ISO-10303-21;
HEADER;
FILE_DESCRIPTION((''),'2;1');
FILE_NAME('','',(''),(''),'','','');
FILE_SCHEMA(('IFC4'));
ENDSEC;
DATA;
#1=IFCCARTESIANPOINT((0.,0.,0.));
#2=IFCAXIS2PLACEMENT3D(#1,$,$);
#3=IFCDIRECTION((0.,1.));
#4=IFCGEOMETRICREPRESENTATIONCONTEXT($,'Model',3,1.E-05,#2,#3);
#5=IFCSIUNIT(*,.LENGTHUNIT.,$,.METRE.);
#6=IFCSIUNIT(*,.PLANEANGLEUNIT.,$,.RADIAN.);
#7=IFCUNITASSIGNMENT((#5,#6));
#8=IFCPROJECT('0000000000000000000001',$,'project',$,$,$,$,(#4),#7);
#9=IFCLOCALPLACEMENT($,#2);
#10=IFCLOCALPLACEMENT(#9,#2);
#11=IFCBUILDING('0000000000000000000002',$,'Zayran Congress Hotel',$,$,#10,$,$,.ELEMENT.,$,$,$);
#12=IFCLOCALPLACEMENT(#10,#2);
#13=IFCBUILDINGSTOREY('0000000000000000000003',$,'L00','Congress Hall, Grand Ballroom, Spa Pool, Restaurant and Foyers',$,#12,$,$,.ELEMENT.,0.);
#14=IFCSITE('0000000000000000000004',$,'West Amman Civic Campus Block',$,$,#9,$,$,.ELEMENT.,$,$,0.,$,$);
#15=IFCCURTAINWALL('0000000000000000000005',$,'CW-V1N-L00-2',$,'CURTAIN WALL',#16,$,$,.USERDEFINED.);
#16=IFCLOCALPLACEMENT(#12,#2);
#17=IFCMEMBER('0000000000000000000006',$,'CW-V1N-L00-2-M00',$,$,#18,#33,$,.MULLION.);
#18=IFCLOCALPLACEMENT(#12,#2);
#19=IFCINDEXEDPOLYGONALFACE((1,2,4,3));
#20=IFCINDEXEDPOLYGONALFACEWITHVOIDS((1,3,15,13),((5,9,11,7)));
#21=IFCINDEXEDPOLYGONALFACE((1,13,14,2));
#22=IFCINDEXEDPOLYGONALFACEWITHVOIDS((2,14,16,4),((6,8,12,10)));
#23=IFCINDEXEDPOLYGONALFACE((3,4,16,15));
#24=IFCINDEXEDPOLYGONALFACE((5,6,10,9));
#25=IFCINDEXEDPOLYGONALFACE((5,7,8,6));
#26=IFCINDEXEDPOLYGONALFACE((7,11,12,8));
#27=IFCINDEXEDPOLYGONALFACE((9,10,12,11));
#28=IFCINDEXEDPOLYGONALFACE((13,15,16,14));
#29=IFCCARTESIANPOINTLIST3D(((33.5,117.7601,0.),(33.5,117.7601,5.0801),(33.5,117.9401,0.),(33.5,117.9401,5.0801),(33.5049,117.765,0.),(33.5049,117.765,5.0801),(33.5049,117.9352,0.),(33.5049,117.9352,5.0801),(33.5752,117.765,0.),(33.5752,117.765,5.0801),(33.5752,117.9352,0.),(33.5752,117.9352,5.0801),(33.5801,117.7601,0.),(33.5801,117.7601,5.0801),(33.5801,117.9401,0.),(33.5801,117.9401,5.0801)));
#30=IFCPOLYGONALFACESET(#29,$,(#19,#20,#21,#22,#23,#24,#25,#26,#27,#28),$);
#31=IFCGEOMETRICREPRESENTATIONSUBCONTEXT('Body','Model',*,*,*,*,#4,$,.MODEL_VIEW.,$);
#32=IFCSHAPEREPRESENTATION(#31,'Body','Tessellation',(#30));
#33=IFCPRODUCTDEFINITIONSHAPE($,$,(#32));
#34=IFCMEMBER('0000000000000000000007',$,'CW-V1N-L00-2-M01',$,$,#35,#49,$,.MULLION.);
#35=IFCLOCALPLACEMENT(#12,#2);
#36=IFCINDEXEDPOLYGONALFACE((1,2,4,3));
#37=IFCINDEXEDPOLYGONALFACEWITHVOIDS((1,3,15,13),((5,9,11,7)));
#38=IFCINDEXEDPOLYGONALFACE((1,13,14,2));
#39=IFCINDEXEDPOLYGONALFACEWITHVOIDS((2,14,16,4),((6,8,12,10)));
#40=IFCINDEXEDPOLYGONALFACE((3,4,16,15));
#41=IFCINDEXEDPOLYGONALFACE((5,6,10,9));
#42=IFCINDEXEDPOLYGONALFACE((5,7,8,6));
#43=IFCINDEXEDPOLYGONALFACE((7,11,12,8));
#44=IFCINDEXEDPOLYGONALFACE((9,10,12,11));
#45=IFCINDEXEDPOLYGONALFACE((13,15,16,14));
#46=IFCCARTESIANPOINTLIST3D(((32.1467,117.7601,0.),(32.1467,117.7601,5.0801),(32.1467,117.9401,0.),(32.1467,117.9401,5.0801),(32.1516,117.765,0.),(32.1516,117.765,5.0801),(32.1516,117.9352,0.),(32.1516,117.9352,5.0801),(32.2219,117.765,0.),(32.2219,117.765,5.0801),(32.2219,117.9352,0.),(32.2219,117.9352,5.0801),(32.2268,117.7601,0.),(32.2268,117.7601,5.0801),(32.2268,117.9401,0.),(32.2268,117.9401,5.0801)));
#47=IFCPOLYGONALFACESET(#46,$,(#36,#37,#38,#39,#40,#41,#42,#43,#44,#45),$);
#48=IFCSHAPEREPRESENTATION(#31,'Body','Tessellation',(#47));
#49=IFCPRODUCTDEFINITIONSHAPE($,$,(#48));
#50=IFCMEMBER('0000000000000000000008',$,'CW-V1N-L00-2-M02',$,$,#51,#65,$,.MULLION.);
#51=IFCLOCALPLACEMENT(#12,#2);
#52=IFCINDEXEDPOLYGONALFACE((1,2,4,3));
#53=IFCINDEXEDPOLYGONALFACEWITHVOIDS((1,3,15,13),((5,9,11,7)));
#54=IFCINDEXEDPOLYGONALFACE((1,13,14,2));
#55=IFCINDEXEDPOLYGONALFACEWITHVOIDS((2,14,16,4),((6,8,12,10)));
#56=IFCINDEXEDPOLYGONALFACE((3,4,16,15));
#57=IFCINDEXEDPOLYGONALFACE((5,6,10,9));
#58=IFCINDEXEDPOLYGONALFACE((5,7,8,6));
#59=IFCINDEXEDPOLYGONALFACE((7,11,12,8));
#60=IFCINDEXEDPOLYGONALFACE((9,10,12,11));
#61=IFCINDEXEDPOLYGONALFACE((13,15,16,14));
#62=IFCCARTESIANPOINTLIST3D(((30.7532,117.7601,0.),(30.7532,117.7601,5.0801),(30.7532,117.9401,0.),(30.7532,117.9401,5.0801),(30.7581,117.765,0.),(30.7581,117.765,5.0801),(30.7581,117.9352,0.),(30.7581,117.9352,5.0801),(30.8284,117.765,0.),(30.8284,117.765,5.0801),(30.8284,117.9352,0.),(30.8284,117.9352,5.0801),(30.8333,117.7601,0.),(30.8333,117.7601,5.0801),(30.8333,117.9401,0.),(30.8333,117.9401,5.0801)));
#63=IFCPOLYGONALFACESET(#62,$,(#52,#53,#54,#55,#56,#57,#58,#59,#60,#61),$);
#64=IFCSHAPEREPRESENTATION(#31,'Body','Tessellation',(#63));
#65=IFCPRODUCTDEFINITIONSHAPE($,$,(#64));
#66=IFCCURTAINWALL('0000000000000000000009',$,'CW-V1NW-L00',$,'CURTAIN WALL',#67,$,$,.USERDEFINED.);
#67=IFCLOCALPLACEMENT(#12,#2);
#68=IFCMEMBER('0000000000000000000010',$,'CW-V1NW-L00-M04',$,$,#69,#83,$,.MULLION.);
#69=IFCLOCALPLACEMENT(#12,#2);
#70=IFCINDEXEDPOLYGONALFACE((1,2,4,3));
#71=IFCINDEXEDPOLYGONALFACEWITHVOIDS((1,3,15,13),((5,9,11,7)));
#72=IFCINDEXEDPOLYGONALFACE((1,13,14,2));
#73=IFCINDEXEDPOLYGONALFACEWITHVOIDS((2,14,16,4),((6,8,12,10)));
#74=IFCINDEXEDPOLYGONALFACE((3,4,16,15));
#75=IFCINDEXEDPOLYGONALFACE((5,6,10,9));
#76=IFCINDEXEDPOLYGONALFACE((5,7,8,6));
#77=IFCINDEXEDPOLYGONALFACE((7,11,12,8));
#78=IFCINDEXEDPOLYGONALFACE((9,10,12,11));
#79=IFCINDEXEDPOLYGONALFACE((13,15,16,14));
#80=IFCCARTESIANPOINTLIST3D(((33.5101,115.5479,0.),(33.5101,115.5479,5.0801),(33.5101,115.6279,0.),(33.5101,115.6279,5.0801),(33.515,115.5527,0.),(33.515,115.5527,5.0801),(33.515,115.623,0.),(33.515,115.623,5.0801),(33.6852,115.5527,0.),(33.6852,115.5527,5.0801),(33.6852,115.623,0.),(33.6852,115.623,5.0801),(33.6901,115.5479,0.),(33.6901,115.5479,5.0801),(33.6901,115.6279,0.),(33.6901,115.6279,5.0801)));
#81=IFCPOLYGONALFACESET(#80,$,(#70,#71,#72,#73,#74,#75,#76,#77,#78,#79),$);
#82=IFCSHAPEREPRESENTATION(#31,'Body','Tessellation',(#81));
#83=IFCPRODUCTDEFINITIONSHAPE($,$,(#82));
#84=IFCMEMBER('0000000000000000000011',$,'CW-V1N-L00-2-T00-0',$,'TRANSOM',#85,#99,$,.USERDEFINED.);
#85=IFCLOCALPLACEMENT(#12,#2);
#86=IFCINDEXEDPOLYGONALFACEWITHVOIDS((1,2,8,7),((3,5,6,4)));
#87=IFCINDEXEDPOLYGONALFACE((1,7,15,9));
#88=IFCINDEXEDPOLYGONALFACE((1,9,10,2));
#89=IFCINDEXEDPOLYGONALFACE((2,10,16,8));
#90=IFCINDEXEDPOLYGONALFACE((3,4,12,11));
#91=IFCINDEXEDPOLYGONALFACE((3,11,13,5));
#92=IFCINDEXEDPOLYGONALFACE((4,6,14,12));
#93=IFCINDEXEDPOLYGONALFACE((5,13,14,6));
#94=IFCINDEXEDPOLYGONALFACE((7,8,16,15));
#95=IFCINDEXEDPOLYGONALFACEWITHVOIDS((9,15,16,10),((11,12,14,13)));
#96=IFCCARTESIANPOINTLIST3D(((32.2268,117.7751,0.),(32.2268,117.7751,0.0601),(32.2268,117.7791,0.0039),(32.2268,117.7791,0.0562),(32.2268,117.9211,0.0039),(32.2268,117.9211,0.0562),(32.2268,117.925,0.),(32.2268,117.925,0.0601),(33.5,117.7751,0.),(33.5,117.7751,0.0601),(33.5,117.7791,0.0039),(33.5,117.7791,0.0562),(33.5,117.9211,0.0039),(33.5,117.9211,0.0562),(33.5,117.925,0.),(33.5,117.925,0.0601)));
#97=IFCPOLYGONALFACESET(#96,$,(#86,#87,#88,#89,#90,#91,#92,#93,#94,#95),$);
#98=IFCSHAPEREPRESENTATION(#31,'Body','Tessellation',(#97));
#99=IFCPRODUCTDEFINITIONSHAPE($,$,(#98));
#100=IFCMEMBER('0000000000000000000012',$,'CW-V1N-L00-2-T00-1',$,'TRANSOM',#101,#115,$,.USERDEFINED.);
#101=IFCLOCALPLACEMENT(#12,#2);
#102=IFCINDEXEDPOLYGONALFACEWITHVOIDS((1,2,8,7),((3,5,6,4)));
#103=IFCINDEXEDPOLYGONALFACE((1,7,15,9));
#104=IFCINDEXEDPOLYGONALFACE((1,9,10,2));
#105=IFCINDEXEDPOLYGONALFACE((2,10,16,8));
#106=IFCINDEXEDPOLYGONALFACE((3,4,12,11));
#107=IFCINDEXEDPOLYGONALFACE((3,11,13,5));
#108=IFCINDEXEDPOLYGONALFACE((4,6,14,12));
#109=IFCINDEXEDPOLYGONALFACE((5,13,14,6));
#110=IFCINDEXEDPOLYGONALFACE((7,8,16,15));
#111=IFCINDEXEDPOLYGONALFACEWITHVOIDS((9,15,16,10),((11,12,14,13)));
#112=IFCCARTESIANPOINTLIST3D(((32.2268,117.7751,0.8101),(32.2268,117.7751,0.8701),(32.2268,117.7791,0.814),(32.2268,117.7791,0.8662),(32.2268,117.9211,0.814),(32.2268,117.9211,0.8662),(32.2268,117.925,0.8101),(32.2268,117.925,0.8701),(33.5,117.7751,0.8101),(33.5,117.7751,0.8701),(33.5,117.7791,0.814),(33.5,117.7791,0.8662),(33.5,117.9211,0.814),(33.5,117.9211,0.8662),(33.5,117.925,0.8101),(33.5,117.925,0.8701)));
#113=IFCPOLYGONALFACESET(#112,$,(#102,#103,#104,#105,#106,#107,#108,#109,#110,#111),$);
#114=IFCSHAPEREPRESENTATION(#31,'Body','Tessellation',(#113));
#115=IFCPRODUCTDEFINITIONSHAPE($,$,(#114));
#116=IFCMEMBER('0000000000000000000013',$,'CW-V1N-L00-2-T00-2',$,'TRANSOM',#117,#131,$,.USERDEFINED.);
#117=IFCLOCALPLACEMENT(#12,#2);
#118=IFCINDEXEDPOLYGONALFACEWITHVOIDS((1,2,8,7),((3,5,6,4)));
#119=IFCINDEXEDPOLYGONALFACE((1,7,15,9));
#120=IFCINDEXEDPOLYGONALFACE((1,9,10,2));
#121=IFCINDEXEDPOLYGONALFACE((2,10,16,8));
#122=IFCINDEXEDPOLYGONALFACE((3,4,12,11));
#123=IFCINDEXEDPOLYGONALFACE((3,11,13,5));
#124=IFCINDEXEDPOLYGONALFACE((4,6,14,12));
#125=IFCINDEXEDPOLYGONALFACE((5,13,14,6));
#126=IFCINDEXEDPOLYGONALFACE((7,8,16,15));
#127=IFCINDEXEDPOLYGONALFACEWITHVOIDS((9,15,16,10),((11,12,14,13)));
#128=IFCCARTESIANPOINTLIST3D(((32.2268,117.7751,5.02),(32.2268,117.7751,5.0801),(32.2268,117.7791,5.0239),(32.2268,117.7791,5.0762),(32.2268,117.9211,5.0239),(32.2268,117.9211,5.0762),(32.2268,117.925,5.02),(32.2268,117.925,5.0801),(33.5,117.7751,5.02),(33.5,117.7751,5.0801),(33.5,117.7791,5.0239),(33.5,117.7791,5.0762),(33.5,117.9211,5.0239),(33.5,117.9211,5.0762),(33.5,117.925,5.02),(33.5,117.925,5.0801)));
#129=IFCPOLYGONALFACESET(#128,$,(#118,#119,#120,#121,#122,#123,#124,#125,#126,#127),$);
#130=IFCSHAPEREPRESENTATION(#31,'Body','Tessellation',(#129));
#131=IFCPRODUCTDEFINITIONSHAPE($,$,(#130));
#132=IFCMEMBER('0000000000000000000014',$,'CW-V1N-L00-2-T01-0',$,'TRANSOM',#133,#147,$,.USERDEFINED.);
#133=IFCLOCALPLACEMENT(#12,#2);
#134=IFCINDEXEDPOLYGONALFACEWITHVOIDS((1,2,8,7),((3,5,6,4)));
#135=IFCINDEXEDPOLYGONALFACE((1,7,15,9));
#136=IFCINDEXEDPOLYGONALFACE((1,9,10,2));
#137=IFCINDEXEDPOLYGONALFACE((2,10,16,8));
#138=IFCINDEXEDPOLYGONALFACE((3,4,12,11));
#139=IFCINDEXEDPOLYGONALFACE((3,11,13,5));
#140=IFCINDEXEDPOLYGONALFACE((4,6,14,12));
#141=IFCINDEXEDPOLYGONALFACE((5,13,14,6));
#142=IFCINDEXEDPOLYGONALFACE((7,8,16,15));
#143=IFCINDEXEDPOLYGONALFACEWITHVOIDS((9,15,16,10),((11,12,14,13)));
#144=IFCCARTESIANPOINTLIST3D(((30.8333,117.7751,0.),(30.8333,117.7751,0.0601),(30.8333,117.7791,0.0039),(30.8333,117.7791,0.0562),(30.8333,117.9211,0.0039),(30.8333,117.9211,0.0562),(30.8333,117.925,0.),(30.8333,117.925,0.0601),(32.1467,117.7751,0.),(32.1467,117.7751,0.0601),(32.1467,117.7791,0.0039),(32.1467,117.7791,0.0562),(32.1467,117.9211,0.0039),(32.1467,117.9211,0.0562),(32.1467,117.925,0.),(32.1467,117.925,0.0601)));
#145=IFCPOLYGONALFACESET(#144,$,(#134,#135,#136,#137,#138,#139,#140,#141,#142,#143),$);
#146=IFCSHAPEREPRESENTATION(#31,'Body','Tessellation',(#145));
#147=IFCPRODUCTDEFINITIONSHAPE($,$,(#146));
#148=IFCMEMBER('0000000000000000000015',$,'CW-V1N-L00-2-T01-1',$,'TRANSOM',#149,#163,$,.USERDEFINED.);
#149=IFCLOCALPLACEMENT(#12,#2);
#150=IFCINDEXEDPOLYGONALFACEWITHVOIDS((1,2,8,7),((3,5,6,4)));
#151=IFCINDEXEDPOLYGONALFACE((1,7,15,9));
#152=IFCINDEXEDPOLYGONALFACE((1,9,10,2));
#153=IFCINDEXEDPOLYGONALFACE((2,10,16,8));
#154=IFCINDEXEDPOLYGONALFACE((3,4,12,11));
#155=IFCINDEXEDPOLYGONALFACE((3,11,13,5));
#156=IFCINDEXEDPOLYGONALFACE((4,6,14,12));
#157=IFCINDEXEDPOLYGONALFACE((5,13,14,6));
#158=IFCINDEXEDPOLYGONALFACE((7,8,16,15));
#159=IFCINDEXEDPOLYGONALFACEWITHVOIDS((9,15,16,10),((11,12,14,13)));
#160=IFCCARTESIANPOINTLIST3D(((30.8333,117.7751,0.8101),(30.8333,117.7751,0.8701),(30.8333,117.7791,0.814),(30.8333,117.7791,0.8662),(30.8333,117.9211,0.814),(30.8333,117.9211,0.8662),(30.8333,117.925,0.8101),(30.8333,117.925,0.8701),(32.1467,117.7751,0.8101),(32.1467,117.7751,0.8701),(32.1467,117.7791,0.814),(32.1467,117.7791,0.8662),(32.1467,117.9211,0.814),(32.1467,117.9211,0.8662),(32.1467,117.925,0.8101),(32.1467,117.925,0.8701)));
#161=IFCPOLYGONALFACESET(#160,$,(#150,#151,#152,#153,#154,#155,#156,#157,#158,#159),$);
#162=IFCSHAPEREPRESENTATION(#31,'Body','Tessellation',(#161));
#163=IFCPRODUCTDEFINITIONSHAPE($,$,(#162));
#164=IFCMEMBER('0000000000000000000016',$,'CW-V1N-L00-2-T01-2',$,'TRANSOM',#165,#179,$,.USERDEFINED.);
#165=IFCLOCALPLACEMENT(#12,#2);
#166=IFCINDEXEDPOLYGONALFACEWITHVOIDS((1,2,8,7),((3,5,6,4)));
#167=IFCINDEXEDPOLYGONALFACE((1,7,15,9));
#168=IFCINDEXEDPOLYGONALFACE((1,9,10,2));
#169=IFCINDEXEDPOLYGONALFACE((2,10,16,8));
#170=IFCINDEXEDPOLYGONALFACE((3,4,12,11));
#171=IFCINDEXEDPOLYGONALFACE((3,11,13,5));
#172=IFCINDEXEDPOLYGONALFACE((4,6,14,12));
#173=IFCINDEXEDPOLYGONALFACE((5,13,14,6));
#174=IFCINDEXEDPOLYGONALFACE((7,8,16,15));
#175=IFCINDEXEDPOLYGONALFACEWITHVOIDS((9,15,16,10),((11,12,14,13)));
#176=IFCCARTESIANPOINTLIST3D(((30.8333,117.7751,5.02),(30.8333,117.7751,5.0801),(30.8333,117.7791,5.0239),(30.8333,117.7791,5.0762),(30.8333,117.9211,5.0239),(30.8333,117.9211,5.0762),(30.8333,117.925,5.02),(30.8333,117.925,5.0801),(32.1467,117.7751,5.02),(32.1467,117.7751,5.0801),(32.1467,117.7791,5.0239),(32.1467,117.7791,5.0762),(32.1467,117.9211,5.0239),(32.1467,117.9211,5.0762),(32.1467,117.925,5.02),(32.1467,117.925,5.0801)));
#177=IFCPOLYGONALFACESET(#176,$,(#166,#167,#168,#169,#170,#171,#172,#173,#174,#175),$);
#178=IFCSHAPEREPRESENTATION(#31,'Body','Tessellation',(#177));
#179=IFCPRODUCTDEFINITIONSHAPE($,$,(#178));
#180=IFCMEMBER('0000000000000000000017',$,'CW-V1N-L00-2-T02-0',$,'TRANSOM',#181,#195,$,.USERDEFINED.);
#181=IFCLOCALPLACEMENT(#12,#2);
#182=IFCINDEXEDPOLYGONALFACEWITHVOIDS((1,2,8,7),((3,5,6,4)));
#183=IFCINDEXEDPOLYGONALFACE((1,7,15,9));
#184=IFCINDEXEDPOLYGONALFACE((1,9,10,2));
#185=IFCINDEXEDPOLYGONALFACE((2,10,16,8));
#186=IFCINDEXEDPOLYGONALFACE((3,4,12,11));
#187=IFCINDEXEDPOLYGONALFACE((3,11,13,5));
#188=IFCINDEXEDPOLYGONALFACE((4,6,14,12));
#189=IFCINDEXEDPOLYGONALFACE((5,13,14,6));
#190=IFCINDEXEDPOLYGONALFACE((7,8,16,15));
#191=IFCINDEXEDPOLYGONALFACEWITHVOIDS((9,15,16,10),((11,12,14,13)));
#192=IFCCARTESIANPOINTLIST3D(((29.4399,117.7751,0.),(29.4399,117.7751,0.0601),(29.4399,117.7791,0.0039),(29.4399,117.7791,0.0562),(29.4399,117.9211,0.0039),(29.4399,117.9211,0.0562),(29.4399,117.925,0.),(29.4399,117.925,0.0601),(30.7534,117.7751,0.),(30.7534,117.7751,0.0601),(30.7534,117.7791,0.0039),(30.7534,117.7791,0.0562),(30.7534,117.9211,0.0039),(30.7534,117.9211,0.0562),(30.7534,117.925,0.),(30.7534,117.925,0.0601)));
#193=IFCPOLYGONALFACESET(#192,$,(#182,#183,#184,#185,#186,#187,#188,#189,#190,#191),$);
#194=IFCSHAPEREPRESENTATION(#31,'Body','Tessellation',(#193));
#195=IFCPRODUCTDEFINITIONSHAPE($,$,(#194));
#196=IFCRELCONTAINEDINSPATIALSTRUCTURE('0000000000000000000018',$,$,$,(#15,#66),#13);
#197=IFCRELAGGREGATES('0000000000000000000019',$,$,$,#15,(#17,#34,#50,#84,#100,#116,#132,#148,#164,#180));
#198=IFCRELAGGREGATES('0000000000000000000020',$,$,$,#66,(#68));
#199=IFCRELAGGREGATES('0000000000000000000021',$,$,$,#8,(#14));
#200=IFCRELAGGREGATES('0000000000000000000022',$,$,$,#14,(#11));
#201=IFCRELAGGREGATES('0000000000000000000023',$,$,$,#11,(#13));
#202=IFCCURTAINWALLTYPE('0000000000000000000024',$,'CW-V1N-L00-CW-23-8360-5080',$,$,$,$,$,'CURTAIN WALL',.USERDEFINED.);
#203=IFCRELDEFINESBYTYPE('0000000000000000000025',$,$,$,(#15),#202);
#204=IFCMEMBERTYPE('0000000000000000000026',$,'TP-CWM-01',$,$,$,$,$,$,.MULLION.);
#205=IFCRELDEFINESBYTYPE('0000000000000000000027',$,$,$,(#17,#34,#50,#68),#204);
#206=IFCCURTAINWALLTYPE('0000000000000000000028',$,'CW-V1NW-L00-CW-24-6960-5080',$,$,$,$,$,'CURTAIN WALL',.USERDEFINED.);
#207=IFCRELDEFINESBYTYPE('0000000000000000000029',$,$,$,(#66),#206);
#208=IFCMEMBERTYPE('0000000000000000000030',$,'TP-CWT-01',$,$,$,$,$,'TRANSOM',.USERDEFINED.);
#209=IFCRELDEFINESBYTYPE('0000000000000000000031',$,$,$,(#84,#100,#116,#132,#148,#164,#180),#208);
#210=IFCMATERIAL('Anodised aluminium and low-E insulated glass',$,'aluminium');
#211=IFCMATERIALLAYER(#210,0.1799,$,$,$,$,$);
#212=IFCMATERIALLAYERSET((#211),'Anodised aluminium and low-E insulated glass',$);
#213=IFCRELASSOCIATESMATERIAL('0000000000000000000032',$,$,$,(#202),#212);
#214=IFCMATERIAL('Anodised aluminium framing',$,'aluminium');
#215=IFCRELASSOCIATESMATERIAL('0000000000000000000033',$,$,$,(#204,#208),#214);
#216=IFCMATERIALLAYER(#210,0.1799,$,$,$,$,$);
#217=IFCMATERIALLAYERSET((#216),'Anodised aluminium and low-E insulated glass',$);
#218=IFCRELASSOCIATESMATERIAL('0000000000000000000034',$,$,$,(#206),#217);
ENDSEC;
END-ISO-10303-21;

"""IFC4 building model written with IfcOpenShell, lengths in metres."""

from ifc_helpers import new_model, si_unit, direction, frame, origin, origin_2d, place, context, subcontext, project, spatial, hollow_rectangle, extrude, material, layer, layer_set, material_profile, profile_set, type_object, element, aggregate, save


model = new_model("IFC4")

# Units and contexts
model_context = context("Model", 3, precision=1e-05, world=origin(), true_north=direction((0.0, 1.0)))
body_context = subcontext(model_context, "Body", "Model", "MODEL_VIEW")
ifc_project = project(units=[si_unit("LENGTHUNIT", "METRE"), si_unit("PLANEANGLEUNIT", "RADIAN")], contexts=[model_context])

# Site, building, storey
site_placement = place(None, origin())
site = spatial("IfcSite", under=ifc_project, at=site_placement, Name="West Amman Civic Campus Block", CompositionType="ELEMENT", RefElevation=0.0)
building_placement = place(site_placement, origin())
building = spatial("IfcBuilding", under=site, at=building_placement, Name="Zayran Congress Hotel", CompositionType="ELEMENT")
storey_placement = place(building_placement, origin())
storey = spatial("IfcBuildingStorey", under=building, at=storey_placement, Name="L00", Description="Congress Hall, Grand Ballroom, Spa Pool, Restaurant and Foyers", CompositionType="ELEMENT", Elevation=0.0)

# Curtain wall, members
ifc_material_1 = material(Name="Anodised aluminium and low-E insulated glass", Category="aluminium")
ifc_layer_1 = layer(ifc_material_1, 0.1799)
ifc_layer_set_1 = layer_set([ifc_layer_1], Name="Anodised aluminium and low-E insulated glass")
curtain_wall_type_1 = type_object("IfcCurtainWallType", Name="CW-V1N-L00-CW-23-8360-5080", ElementType="CURTAIN WALL", PredefinedType="USERDEFINED", material=ifc_layer_set_1)
curtain_wall_1_placement = place(storey_placement, origin())
curtain_wall_1 = element("IfcCurtainWall", 1, at=curtain_wall_1_placement, inside=storey, type_object=curtain_wall_type_1, Name="CW-V1N-L00-2", ObjectType="CURTAIN WALL", PredefinedType="USERDEFINED")
ifc_material_2 = material(Name="Anodised aluminium framing", Category="aluminium")
ifc_material_profile_1 = material_profile(ifc_material_2, hollow_rectangle(XDim=0.0801, YDim=0.1799, WallThickness=0.0049, at=origin_2d()), Name="RHS 180x80x5")
ifc_profile_set_1 = profile_set([ifc_material_profile_1], Name="Anodised aluminium framing")
member_type_1 = type_object("IfcMemberType", Name="TP-CWM-01", PredefinedType="MULLION", material=ifc_profile_set_1)
member_1_placement = place(storey_placement, frame((33.54, 117.8501, 0.0), z_axis=(0.0, 0.0, 1.0), x_axis=(1.0, 0.0, 0.0)))
member_1 = element("IfcMember", 2, at=member_1_placement, type_object=member_type_1, Name="CW-V1N-L00-2-M00", PredefinedType="MULLION", context=body_context, shape_type="SweptSolid", body=[
    extrude(hollow_rectangle(XDim=0.0801, YDim=0.1799, WallThickness=0.0049, at=origin_2d()), origin(), (0.0, 0.0, 1.0), 5.0801),
])
member_2_placement = place(storey_placement, frame((32.1868, 117.8501, 0.0), z_axis=(0.0, 0.0, 1.0), x_axis=(1.0, 0.0, 0.0)))
member_2 = element("IfcMember", 3, at=member_2_placement, type_object=member_type_1, Name="CW-V1N-L00-2-M01", PredefinedType="MULLION", context=body_context, shape_type="SweptSolid", body=[
    extrude(hollow_rectangle(XDim=0.0801, YDim=0.1799, WallThickness=0.0049, at=origin_2d()), origin(), (0.0, 0.0, 1.0), 5.0801),
])
member_3_placement = place(storey_placement, frame((30.7932, 117.8501, 0.0), z_axis=(0.0, 0.0, 1.0), x_axis=(1.0, 0.0, 0.0)))
member_3 = element("IfcMember", 4, at=member_3_placement, type_object=member_type_1, Name="CW-V1N-L00-2-M02", PredefinedType="MULLION", context=body_context, shape_type="SweptSolid", body=[
    extrude(hollow_rectangle(XDim=0.0801, YDim=0.1799, WallThickness=0.0049, at=origin_2d()), origin(), (0.0, 0.0, 1.0), 5.0801),
])

# Curtain wall, member
ifc_layer_2 = layer(ifc_material_1, 0.1799)
ifc_layer_set_2 = layer_set([ifc_layer_2], Name="Anodised aluminium and low-E insulated glass")
curtain_wall_type_2 = type_object("IfcCurtainWallType", Name="CW-V1NW-L00-CW-24-6960-5080", ElementType="CURTAIN WALL", PredefinedType="USERDEFINED", material=ifc_layer_set_2)
curtain_wall_2_placement = place(storey_placement, origin())
curtain_wall_2 = element("IfcCurtainWall", 5, at=curtain_wall_2_placement, inside=storey, type_object=curtain_wall_type_2, Name="CW-V1NW-L00", ObjectType="CURTAIN WALL", PredefinedType="USERDEFINED")
member_4_placement = place(storey_placement, frame((33.6001, 115.5879, 0.0), z_axis=(0.0, 0.0, 1.0), x_axis=(0.0, 1.0, 0.0)))
member_4 = element("IfcMember", 6, at=member_4_placement, type_object=member_type_1, Name="CW-V1NW-L00-M04", PredefinedType="MULLION", context=body_context, shape_type="SweptSolid", body=[
    extrude(hollow_rectangle(XDim=0.0801, YDim=0.1799, WallThickness=0.0049, at=origin_2d()), origin(), (0.0, 0.0, 1.0), 5.0801),
])

# Members
ifc_material_profile_2 = material_profile(ifc_material_2, hollow_rectangle(XDim=0.0601, YDim=0.1499, WallThickness=0.0039, at=origin_2d()), Name="RHS 150x60x4")
ifc_profile_set_2 = profile_set([ifc_material_profile_2], Name="Anodised aluminium framing")
member_type_2 = type_object("IfcMemberType", Name="TP-CWT-01", ElementType="TRANSOM", PredefinedType="USERDEFINED", material=ifc_profile_set_2)
member_5_placement = place(storey_placement, frame((33.5, 117.8501, 0.03), z_axis=(-1.0, 0.0, 0.0), x_axis=(0.0, 0.0, 1.0)))
member_5 = element("IfcMember", 7, at=member_5_placement, type_object=member_type_2, Name="CW-V1N-L00-2-T00-0", ObjectType="TRANSOM", PredefinedType="USERDEFINED", context=body_context, shape_type="SweptSolid", body=[
    extrude(hollow_rectangle(XDim=0.0601, YDim=0.1499, WallThickness=0.0039, at=origin_2d()), origin(), (0.0, 0.0, 1.0), 1.2732),
])
member_6_placement = place(storey_placement, frame((33.5, 117.8501, 0.8401), z_axis=(-1.0, 0.0, 0.0), x_axis=(0.0, 0.0, 1.0)))
member_6 = element("IfcMember", 8, at=member_6_placement, type_object=member_type_2, Name="CW-V1N-L00-2-T00-1", ObjectType="TRANSOM", PredefinedType="USERDEFINED", context=body_context, shape_type="SweptSolid", body=[
    extrude(hollow_rectangle(XDim=0.0601, YDim=0.1499, WallThickness=0.0039, at=origin_2d()), origin(), (0.0, 0.0, 1.0), 1.2732),
])
member_7_placement = place(storey_placement, frame((33.5, 117.8501, 5.05), z_axis=(-1.0, 0.0, 0.0), x_axis=(0.0, 0.0, 1.0)))
member_7 = element("IfcMember", 9, at=member_7_placement, type_object=member_type_2, Name="CW-V1N-L00-2-T00-2", ObjectType="TRANSOM", PredefinedType="USERDEFINED", context=body_context, shape_type="SweptSolid", body=[
    extrude(hollow_rectangle(XDim=0.0601, YDim=0.1499, WallThickness=0.0039, at=origin_2d()), origin(), (0.0, 0.0, 1.0), 1.2732),
])
member_8_placement = place(storey_placement, frame((32.1467, 117.8501, 0.03), z_axis=(-1.0, 0.0, 0.0), x_axis=(0.0, 0.0, 1.0)))
member_8 = element("IfcMember", 10, at=member_8_placement, type_object=member_type_2, Name="CW-V1N-L00-2-T01-0", ObjectType="TRANSOM", PredefinedType="USERDEFINED", context=body_context, shape_type="SweptSolid", body=[
    extrude(hollow_rectangle(XDim=0.0601, YDim=0.1499, WallThickness=0.0039, at=origin_2d()), origin(), (0.0, 0.0, 1.0), 1.3135),
])
member_9_placement = place(storey_placement, frame((32.1467, 117.8501, 0.8401), z_axis=(-1.0, 0.0, 0.0), x_axis=(0.0, 0.0, 1.0)))
member_9 = element("IfcMember", 11, at=member_9_placement, type_object=member_type_2, Name="CW-V1N-L00-2-T01-1", ObjectType="TRANSOM", PredefinedType="USERDEFINED", context=body_context, shape_type="SweptSolid", body=[
    extrude(hollow_rectangle(XDim=0.0601, YDim=0.1499, WallThickness=0.0039, at=origin_2d()), origin(), (0.0, 0.0, 1.0), 1.3135),
])
member_10_placement = place(storey_placement, frame((32.1467, 117.8501, 5.05), z_axis=(-1.0, 0.0, 0.0), x_axis=(0.0, 0.0, 1.0)))
member_10 = element("IfcMember", 12, at=member_10_placement, type_object=member_type_2, Name="CW-V1N-L00-2-T01-2", ObjectType="TRANSOM", PredefinedType="USERDEFINED", context=body_context, shape_type="SweptSolid", body=[
    extrude(hollow_rectangle(XDim=0.0601, YDim=0.1499, WallThickness=0.0039, at=origin_2d()), origin(), (0.0, 0.0, 1.0), 1.3135),
])
member_11_placement = place(storey_placement, frame((30.7534, 117.8501, 0.03), z_axis=(-1.0, 0.0, 0.0), x_axis=(0.0, 0.0, 1.0)))
member_11 = element("IfcMember", 13, at=member_11_placement, type_object=member_type_2, Name="CW-V1N-L00-2-T02-0", ObjectType="TRANSOM", PredefinedType="USERDEFINED", context=body_context, shape_type="SweptSolid", body=[
    extrude(hollow_rectangle(XDim=0.0601, YDim=0.1499, WallThickness=0.0039, at=origin_2d()), origin(), (0.0, 0.0, 1.0), 1.3135),
])

aggregate(curtain_wall_1, [member_1, member_2, member_3, member_5, member_6, member_7, member_8, member_9, member_10, member_11])
aggregate(curtain_wall_2, [member_4])

save(model, "model.ifc")
